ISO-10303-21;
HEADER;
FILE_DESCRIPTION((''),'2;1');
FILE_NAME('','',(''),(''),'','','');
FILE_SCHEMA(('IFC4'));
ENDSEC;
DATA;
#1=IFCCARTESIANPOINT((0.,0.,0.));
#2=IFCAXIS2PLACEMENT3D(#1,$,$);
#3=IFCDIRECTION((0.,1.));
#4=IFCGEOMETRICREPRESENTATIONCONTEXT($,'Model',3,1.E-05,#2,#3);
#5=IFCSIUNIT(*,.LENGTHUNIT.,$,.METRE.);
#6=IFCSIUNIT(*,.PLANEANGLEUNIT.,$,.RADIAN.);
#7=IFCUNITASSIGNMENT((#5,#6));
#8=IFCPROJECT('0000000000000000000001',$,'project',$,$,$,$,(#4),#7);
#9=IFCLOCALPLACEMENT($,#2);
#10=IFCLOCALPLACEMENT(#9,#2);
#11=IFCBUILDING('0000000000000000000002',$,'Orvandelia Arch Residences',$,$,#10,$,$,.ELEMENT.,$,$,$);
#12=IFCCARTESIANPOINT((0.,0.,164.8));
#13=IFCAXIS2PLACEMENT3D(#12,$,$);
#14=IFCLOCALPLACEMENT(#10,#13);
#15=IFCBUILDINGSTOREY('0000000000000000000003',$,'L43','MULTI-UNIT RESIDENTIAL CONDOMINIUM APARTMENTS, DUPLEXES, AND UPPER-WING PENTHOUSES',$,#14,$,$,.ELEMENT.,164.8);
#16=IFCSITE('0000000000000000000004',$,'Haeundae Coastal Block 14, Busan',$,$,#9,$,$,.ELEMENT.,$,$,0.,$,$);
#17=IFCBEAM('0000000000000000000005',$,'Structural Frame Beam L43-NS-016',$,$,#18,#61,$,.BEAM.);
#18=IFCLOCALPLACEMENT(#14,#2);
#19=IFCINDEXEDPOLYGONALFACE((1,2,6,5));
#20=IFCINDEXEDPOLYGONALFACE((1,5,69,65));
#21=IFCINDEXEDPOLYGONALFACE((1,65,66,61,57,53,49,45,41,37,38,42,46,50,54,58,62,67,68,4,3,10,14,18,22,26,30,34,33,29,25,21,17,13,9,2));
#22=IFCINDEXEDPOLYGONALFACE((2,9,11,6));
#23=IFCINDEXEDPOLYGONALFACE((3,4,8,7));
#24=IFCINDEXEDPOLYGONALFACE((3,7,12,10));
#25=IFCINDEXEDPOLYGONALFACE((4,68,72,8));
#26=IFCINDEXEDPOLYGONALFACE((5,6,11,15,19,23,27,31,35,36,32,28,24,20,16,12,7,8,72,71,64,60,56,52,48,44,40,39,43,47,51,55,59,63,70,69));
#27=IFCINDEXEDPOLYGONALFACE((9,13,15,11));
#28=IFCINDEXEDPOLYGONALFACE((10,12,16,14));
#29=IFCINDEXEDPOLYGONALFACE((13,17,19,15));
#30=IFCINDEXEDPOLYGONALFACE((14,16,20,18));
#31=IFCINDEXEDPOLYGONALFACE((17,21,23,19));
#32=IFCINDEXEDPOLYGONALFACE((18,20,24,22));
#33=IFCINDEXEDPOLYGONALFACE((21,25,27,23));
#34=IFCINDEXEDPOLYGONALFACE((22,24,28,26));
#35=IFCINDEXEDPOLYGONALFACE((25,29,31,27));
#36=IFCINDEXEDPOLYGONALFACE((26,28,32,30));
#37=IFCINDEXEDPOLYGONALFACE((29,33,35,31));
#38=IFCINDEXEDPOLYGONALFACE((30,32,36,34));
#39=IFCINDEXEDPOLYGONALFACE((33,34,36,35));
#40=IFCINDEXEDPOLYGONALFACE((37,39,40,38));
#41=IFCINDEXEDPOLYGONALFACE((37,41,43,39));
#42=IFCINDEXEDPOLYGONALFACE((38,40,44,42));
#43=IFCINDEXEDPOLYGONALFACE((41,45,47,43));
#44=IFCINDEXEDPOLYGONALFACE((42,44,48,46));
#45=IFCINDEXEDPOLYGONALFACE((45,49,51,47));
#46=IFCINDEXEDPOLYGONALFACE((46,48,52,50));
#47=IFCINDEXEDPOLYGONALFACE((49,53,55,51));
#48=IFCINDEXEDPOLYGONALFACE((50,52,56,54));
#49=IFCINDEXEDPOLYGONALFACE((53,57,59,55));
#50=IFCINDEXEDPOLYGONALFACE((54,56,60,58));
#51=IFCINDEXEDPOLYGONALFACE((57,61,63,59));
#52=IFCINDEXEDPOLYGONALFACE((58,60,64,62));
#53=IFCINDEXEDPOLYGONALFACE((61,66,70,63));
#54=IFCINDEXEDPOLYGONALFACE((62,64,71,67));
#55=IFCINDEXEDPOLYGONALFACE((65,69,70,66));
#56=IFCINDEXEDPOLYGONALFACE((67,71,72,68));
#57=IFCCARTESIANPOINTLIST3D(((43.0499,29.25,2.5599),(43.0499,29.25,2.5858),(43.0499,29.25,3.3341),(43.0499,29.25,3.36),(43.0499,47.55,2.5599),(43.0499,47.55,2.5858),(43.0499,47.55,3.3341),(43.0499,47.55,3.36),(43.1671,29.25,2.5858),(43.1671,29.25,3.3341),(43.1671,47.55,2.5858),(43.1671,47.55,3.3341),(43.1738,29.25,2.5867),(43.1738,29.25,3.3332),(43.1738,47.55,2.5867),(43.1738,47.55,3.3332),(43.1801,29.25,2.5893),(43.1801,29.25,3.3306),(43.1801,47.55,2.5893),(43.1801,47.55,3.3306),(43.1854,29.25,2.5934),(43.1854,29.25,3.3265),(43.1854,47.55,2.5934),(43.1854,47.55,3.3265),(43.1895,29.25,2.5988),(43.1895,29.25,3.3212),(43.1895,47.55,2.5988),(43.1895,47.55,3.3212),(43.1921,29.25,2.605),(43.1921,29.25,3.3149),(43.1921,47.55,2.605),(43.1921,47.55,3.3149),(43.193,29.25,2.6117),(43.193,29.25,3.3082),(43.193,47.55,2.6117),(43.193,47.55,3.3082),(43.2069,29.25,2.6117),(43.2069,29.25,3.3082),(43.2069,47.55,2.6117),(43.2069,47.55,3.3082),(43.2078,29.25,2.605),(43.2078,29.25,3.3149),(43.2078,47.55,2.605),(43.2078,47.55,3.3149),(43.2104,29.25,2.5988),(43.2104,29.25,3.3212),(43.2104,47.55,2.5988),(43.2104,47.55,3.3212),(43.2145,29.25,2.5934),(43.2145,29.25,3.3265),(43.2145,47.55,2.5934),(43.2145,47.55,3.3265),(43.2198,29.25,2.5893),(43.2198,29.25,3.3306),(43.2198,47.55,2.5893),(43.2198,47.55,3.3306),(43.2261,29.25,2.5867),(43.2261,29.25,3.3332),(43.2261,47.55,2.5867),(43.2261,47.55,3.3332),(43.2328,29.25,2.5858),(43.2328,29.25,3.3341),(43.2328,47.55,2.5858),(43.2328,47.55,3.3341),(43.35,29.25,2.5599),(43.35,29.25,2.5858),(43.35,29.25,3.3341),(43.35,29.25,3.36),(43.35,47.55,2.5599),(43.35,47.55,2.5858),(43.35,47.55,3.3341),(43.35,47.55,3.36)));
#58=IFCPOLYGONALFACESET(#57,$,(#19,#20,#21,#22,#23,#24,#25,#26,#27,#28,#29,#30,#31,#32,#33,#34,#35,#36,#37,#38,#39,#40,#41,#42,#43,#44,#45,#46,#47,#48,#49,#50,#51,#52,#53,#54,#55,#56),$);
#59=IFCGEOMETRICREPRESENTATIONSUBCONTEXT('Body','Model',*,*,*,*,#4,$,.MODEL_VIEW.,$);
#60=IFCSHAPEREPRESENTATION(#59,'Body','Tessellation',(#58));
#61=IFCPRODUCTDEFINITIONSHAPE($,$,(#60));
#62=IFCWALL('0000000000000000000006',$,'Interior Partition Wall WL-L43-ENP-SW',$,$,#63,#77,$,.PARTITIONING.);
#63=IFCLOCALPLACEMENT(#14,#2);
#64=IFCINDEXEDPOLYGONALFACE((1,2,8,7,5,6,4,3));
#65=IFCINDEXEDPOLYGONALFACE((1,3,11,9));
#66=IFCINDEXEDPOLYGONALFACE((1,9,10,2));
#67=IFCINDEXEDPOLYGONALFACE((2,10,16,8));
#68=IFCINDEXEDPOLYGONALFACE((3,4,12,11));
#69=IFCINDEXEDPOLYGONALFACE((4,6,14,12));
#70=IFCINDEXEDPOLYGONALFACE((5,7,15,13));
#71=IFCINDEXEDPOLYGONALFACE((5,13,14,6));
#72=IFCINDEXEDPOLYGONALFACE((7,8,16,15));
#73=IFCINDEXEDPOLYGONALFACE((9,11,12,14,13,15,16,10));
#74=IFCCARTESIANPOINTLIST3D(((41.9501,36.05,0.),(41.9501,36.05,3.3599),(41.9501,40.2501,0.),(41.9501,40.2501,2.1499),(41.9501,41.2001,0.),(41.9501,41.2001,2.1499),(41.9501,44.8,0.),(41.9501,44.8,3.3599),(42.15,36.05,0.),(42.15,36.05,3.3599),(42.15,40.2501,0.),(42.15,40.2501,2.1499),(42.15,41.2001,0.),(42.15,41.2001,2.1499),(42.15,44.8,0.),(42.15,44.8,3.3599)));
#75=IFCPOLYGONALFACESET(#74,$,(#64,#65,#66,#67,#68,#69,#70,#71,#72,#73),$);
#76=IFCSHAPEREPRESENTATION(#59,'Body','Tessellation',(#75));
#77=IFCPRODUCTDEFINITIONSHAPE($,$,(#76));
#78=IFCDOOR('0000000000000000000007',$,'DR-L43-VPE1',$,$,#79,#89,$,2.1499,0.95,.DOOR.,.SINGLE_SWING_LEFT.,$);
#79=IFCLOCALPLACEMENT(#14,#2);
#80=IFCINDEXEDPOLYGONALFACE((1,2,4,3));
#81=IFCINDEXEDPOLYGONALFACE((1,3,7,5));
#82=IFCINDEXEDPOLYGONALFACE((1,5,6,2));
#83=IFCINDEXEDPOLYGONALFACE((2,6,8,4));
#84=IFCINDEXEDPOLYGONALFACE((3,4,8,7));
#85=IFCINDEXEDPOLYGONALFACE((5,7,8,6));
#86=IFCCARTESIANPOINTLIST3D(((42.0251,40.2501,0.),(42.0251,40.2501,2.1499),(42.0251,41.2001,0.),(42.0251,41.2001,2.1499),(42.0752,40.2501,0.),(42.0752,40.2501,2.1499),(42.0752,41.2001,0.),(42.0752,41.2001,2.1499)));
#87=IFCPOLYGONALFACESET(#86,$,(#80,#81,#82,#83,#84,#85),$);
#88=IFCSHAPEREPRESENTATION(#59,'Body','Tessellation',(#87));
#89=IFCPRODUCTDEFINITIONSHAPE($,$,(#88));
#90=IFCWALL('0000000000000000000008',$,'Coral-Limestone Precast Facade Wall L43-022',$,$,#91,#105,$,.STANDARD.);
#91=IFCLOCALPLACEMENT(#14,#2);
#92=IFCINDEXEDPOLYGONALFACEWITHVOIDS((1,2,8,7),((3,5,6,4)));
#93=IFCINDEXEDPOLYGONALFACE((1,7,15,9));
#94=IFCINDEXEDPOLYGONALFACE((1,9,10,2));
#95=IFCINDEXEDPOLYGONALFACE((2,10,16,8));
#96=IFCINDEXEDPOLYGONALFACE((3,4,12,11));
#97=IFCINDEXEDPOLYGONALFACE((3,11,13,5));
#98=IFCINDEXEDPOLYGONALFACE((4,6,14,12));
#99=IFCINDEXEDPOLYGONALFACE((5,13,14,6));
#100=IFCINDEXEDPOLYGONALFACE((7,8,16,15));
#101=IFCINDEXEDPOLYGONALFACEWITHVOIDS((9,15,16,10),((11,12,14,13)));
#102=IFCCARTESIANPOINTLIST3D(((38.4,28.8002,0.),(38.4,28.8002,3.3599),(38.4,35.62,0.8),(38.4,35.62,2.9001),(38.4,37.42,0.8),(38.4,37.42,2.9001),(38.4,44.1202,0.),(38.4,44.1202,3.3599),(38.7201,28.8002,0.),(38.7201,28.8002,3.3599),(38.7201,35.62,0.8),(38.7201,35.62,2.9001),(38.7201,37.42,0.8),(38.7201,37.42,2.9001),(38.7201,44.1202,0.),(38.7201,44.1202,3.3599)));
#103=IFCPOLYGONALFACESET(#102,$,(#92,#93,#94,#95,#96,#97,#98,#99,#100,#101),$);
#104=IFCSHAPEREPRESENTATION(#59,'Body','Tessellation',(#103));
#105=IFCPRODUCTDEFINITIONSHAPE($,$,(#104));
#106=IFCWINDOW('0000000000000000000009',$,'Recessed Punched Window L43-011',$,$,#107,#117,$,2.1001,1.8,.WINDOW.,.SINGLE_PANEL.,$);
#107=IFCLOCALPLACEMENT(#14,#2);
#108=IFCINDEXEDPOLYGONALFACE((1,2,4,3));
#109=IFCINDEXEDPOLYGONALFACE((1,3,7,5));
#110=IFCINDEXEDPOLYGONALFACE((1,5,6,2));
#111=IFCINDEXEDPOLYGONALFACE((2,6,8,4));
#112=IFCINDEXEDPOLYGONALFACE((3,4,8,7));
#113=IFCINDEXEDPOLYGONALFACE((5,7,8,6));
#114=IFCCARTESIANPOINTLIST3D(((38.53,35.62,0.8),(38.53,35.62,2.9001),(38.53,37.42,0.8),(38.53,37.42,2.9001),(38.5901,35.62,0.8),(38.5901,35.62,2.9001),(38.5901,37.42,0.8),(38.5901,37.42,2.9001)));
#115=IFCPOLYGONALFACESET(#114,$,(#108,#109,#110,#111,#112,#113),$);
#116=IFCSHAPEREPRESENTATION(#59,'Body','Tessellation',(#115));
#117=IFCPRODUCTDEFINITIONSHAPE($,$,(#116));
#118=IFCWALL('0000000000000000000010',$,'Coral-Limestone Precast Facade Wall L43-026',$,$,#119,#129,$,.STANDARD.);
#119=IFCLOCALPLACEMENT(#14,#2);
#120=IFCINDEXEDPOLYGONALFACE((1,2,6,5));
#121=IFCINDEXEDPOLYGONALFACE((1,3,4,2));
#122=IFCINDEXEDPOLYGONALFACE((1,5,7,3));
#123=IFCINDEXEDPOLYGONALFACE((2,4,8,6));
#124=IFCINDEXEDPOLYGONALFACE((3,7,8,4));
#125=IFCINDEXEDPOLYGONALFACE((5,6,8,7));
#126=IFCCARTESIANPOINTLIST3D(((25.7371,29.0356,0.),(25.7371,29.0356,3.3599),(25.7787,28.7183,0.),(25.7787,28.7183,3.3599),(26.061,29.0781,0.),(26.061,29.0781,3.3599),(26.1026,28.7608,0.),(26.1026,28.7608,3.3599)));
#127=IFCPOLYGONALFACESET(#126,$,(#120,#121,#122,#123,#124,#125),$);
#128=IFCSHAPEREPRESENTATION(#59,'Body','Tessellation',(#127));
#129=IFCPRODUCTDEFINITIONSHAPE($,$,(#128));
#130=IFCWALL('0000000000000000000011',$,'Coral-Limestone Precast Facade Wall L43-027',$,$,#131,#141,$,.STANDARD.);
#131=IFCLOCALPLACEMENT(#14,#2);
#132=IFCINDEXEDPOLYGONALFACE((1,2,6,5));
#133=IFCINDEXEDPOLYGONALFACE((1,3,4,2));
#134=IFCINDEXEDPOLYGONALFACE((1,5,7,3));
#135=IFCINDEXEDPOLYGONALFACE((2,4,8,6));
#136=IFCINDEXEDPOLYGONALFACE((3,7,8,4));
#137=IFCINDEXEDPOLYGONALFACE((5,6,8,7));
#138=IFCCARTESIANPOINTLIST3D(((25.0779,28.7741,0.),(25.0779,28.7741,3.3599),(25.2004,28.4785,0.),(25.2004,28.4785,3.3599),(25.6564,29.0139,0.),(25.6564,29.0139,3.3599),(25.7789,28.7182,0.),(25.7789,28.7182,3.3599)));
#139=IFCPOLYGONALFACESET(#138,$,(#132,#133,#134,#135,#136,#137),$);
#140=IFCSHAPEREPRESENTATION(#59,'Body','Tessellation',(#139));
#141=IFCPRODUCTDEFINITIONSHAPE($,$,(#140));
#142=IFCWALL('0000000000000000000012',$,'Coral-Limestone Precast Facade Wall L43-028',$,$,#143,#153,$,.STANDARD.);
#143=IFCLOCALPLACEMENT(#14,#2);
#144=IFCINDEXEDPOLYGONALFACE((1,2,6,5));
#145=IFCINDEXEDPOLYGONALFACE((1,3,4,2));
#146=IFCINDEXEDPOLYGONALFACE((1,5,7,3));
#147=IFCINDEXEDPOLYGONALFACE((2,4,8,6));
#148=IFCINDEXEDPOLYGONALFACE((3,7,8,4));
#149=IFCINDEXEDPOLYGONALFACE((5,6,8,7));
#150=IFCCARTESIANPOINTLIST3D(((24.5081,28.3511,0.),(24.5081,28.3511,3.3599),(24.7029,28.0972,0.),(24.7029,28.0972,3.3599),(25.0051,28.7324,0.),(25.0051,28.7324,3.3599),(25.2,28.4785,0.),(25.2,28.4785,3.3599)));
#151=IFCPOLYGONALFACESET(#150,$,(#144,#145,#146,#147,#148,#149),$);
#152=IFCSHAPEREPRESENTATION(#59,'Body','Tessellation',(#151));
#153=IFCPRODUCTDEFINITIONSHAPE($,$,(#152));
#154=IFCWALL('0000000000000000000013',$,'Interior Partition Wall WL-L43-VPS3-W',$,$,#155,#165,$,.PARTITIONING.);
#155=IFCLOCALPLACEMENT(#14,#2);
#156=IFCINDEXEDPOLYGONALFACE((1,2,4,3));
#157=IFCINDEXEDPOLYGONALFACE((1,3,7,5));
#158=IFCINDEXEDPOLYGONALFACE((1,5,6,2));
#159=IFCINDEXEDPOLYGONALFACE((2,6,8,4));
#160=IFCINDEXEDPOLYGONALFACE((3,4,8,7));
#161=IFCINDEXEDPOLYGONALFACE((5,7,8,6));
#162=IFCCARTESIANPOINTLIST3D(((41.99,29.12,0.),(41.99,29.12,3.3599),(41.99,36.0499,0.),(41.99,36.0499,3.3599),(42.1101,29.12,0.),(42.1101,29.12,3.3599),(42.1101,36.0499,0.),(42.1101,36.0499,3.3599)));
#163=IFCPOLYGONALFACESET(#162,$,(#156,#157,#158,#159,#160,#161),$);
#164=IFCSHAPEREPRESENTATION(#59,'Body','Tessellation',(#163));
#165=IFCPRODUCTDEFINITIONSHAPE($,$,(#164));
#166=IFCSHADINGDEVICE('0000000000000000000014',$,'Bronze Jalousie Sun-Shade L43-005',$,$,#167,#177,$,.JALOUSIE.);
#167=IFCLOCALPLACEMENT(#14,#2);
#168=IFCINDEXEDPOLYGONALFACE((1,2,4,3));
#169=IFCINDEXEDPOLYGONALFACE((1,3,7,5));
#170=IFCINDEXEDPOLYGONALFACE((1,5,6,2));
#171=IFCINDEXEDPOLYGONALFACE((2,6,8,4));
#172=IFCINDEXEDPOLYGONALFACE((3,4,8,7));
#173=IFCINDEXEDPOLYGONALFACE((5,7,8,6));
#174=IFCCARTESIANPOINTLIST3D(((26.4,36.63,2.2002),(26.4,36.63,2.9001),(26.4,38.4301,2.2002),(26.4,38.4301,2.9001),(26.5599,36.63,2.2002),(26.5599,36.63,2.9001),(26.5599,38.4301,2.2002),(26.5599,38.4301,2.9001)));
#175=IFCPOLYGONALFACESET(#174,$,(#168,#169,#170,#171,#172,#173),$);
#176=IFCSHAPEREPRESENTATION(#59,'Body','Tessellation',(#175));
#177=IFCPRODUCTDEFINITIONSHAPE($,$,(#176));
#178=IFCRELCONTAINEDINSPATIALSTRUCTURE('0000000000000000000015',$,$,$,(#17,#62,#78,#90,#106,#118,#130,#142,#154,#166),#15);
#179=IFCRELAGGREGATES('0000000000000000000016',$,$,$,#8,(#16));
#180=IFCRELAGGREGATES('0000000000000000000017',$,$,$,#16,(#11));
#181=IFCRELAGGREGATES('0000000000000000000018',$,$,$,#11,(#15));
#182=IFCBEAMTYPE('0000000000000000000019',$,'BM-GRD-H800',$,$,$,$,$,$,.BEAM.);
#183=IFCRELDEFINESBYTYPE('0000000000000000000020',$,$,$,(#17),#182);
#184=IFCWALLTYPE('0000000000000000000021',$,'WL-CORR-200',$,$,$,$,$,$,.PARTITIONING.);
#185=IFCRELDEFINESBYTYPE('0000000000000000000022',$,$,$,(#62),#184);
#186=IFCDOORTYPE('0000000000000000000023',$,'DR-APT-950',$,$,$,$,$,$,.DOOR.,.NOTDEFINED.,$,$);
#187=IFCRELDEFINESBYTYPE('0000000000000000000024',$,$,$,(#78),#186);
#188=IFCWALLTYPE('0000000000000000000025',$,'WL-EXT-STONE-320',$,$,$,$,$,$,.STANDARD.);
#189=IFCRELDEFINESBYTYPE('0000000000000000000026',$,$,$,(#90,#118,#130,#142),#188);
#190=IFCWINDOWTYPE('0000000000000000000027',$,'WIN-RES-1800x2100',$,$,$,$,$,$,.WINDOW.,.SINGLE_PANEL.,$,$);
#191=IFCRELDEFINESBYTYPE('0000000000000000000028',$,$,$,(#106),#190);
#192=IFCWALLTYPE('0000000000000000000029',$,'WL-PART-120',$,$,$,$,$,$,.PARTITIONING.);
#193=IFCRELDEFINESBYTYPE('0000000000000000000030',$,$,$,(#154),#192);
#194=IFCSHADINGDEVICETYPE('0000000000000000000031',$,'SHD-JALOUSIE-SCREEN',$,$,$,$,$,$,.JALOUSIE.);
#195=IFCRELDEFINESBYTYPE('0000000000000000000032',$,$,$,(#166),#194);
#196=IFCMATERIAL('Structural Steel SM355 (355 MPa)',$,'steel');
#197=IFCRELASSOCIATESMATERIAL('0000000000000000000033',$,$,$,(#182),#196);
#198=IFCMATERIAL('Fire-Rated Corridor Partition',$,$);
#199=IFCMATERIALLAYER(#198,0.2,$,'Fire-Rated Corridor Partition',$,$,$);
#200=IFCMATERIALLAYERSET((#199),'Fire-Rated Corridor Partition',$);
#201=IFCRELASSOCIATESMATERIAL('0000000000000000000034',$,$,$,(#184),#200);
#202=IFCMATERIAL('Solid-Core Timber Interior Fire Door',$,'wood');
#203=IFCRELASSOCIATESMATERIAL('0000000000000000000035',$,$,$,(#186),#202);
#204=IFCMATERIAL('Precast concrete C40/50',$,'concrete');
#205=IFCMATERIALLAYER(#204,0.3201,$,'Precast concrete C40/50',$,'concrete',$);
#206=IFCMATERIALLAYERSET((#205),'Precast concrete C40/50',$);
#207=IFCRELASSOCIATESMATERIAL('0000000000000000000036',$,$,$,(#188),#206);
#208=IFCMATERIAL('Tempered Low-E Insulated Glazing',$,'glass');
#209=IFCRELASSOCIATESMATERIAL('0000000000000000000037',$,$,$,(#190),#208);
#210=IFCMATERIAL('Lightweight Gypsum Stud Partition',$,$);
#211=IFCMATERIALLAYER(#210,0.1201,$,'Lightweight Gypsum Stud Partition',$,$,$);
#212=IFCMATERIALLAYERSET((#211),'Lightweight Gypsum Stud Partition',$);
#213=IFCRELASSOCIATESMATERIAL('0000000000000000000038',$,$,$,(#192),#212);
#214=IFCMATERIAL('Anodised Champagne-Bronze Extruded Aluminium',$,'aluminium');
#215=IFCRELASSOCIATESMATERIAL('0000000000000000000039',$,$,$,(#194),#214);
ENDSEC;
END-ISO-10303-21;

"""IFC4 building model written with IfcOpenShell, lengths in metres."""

from ifc_helpers import new_model, si_unit, direction, frame, frame_2d, origin, origin_2d, place, context, subcontext, project, spatial, rectangle, i_section, extrude, material, layer, layer_set, material_profile, profile_set, type_object, element, fill, save


model = new_model("IFC4")

# Units and contexts
model_context = context("Model", 3, precision=1e-05, world=origin(), true_north=direction((0.0, 1.0)))
body_context = subcontext(model_context, "Body", "Model", "MODEL_VIEW")
ifc_project = project(units=[si_unit("LENGTHUNIT", "METRE"), si_unit("PLANEANGLEUNIT", "RADIAN")], contexts=[model_context])

# Site, building, storey
site_placement = place(None, origin())
site = spatial("IfcSite", under=ifc_project, at=site_placement, Name="Haeundae Coastal Block 14, Busan", CompositionType="ELEMENT", RefElevation=0.0)
building_placement = place(site_placement, origin())
building = spatial("IfcBuilding", under=site, at=building_placement, Name="Orvandelia Arch Residences", CompositionType="ELEMENT")
storey_placement = place(building_placement, frame((0.0, 0.0, 164.8)))
storey = spatial("IfcBuildingStorey", under=building, at=storey_placement, Name="L43", Description="MULTI-UNIT RESIDENTIAL CONDOMINIUM APARTMENTS, DUPLEXES, AND UPPER-WING PENTHOUSES", CompositionType="ELEMENT", Elevation=164.8)

# Beam
ifc_material_1 = material(Name="Structural Steel SM355 (355 MPa)", Category="steel")
ifc_material_profile_1 = material_profile(ifc_material_1, i_section(OverallWidth=0.3, OverallDepth=0.8, WebThickness=0.0139, FlangeThickness=0.0259, FilletRadius=0.0259, at=origin_2d()), Name="Structural Steel SM355 (355 MPa)", Category="steel")
ifc_profile_set_1 = profile_set([ifc_material_profile_1], Name="Structural Steel SM355 (355 MPa)")
beam_type = type_object("IfcBeamType", Name="BM-GRD-H800", PredefinedType="BEAM", material=ifc_profile_set_1)
beam_1_placement = place(storey_placement, frame((43.2, 29.25, 2.96), z_axis=(0.0, 1.0, 0.0), x_axis=(-1.0, 0.0, 0.0)))
element("IfcBeam", 1, at=beam_1_placement, inside=storey, type_object=beam_type, Name="Structural Frame Beam L43-NS-016", PredefinedType="BEAM", context=body_context, shape_type="SweptSolid", body=[
    extrude(i_section(OverallWidth=0.3, OverallDepth=0.8, WebThickness=0.0139, FlangeThickness=0.0259, FilletRadius=0.0259, at=origin_2d()), origin(), (0.0, 0.0, 1.0), 18.3),
])

# Wall, opening, door
ifc_material_2 = material(Name="Fire-Rated Corridor Partition")
ifc_layer_1 = layer(ifc_material_2, 0.2, Name="Fire-Rated Corridor Partition")
ifc_layer_set_1 = layer_set([ifc_layer_1], Name="Fire-Rated Corridor Partition")
wall_type_1 = type_object("IfcWallType", Name="WL-CORR-200", PredefinedType="PARTITIONING", material=ifc_layer_set_1)
wall_1_placement = place(storey_placement, frame((42.05, 36.05, 0.0), z_axis=(0.0, 0.0, 1.0), x_axis=(0.0, 1.0, 0.0)))
wall_1 = element("IfcWall", 2, at=wall_1_placement, inside=storey, type_object=wall_type_1, Name="Interior Partition Wall WL-L43-ENP-SW", PredefinedType="PARTITIONING", context=body_context, shape_type="SweptSolid", body=[
    extrude(rectangle(XDim=8.75, YDim=0.2, at=frame_2d((4.375, 0.0))), origin(), (0.0, 0.0, 1.0), 3.3599),
])
opening_1_placement = place(wall_1_placement, frame((4.2, 0.0, 0.0)))
opening_1 = element("IfcOpeningElement", 3, at=opening_1_placement, cuts=wall_1, PredefinedType="OPENING", context=body_context, shape_type="SweptSolid", body=[
    extrude(rectangle(XDim=0.95, YDim=2.1499, at=frame_2d((0.4751, 1.075))), frame((0.0, 0.1099, 0.0), z_axis=(0.0, -1.0, 0.0), x_axis=(1.0, 0.0, 0.0)), (0.0, 0.0, 1.0), 0.22),
])
ifc_material_3 = material(Name="Solid-Core Timber Interior Fire Door", Category="wood")
door_type_1 = type_object("IfcDoorType", Name="DR-APT-950", OperationType="NOTDEFINED", PredefinedType="DOOR", material=ifc_material_3)
door_1_placement = place(opening_1_placement, origin())
door_1 = element("IfcDoor", 4, at=door_1_placement, inside=storey, type_object=door_type_1, Name="DR-L43-VPE1", OperationType="SINGLE_SWING_LEFT", OverallHeight=2.1499, OverallWidth=0.95, PredefinedType="DOOR", context=body_context, shape_type="SweptSolid", body=[
    extrude(rectangle(XDim=0.95, YDim=2.1499, at=frame_2d((0.4751, 1.075))), frame((0.0, 0.0249, 0.0), z_axis=(0.0, -1.0, 0.0), x_axis=(1.0, 0.0, 0.0)), (0.0, 0.0, 1.0), 0.05),
])
fill(opening_1, door_1)

# Wall, opening, window
ifc_material_4 = material(Name="Precast concrete C40/50", Category="concrete")
ifc_layer_2 = layer(ifc_material_4, 0.3201, Name="Precast concrete C40/50", Category="concrete")
ifc_layer_set_2 = layer_set([ifc_layer_2], Name="Precast concrete C40/50")
wall_type_2 = type_object("IfcWallType", Name="WL-EXT-STONE-320", PredefinedType="STANDARD", material=ifc_layer_set_2)
wall_2_placement = place(storey_placement, frame((38.5601, 28.8, 0.0), z_axis=(0.0, 0.0, 1.0), x_axis=(0.0, 1.0, 0.0)))
wall_2 = element("IfcWall", 5, at=wall_2_placement, inside=storey, type_object=wall_type_2, Name="Coral-Limestone Precast Facade Wall L43-022", PredefinedType="STANDARD", context=body_context, shape_type="SweptSolid", body=[
    extrude(rectangle(XDim=15.3201, YDim=0.3201, at=frame_2d((7.6602, 0.0))), origin(), (0.0, 0.0, 1.0), 3.3599),
])
opening_2_placement = place(wall_2_placement, frame((6.8201, 0.0, 0.8)))
opening_2 = element("IfcOpeningElement", 6, at=opening_2_placement, cuts=wall_2, PredefinedType="OPENING", context=body_context, shape_type="SweptSolid", body=[
    extrude(rectangle(XDim=1.8, YDim=2.1001, at=frame_2d((0.8999, 1.05))), frame((0.0, 0.1699, 0.0), z_axis=(0.0, -1.0, 0.0), x_axis=(1.0, 0.0, 0.0)), (0.0, 0.0, 1.0), 0.3401),
])
ifc_material_5 = material(Name="Tempered Low-E Insulated Glazing", Category="glass")
window_type = type_object("IfcWindowType", Name="WIN-RES-1800x2100", PartitioningType="SINGLE_PANEL", PredefinedType="WINDOW", material=ifc_material_5)
window_placement = place(opening_2_placement, origin())
window = element("IfcWindow", 7, at=window_placement, inside=storey, type_object=window_type, Name="Recessed Punched Window L43-011", OverallHeight=2.1001, OverallWidth=1.8, PartitioningType="SINGLE_PANEL", PredefinedType="WINDOW", context=body_context, shape_type="SweptSolid", body=[
    extrude(rectangle(XDim=1.8, YDim=2.1001, at=frame_2d((0.8999, 1.05))), frame((0.0, 0.03, 0.0), z_axis=(0.0, -1.0, 0.0), x_axis=(1.0, 0.0, 0.0)), (0.0, 0.0, 1.0), 0.0601),
])
fill(opening_2, window)

# Walls
wall_3_placement = place(storey_placement, frame((26.0818, 28.9194, 0.0), z_axis=(0.0, 0.0, 1.0), x_axis=(-0.991513, -0.13001, 0.0)))
element("IfcWall", 8, at=wall_3_placement, inside=storey, type_object=wall_type_2, Name="Coral-Limestone Precast Facade Wall L43-026", PredefinedType="STANDARD", context=body_context, shape_type="SweptSolid", body=[
    extrude(rectangle(XDim=0.3267, YDim=0.3201, at=frame_2d((0.1633, 0.0))), origin(), (0.0, 0.0, 1.0), 3.3599),
])
wall_4_placement = place(storey_placement, frame((25.7175, 28.866, 0.0), z_axis=(0.0, 0.0, 1.0), x_axis=(-0.923836, -0.382788, 0.0)))
element("IfcWall", 9, at=wall_4_placement, inside=storey, type_object=wall_type_2, Name="Coral-Limestone Precast Facade Wall L43-027", PredefinedType="STANDARD", context=body_context, shape_type="SweptSolid", body=[
    extrude(rectangle(XDim=0.6262, YDim=0.3201, at=frame_2d((0.313, 0.0))), origin(), (0.0, 0.0, 1.0), 3.3599),
])
wall_5_placement = place(storey_placement, frame((25.1025, 28.6055, 0.0), z_axis=(0.0, 0.0, 1.0), x_axis=(-0.793406, -0.608693, 0.0)))
element("IfcWall", 10, at=wall_5_placement, inside=storey, type_object=wall_type_2, Name="Coral-Limestone Precast Facade Wall L43-028", PredefinedType="STANDARD", context=body_context, shape_type="SweptSolid", body=[
    extrude(rectangle(XDim=0.6265, YDim=0.3201, at=frame_2d((0.3132, 0.0))), origin(), (0.0, 0.0, 1.0), 3.3599),
])

# Shared definitions
ifc_material_6 = material(Name="Lightweight Gypsum Stud Partition")
ifc_layer_3 = layer(ifc_material_6, 0.1201, Name="Lightweight Gypsum Stud Partition")
ifc_layer_set_3 = layer_set([ifc_layer_3], Name="Lightweight Gypsum Stud Partition")
wall_type_3 = type_object("IfcWallType", Name="WL-PART-120", PredefinedType="PARTITIONING", material=ifc_layer_set_3)

# Wall
wall_6_placement = place(storey_placement, frame((42.05, 29.1201, 0.0), z_axis=(0.0, 0.0, 1.0), x_axis=(0.0, 1.0, 0.0)))
element("IfcWall", 11, at=wall_6_placement, inside=storey, type_object=wall_type_3, Name="Interior Partition Wall WL-L43-VPS3-W", PredefinedType="PARTITIONING", context=body_context, shape_type="SweptSolid", body=[
    extrude(rectangle(XDim=6.9299, YDim=0.1201, at=frame_2d((3.4648, 0.0))), origin(), (0.0, 0.0, 1.0), 3.3599),
])

# Shading device
ifc_material_7 = material(Name="Anodised Champagne-Bronze Extruded Aluminium", Category="aluminium")
shading_device_type = type_object("IfcShadingDeviceType", Name="SHD-JALOUSIE-SCREEN", PredefinedType="JALOUSIE", material=ifc_material_7)
shading_device_placement = place(storey_placement, frame((26.48, 37.53, 2.2002), z_axis=(0.0, 0.0, 1.0), x_axis=(0.0, -1.0, 0.0)))
element("IfcShadingDevice", 12, at=shading_device_placement, inside=storey, type_object=shading_device_type, Name="Bronze Jalousie Sun-Shade L43-005", PredefinedType="JALOUSIE", context=body_context, shape_type="SweptSolid", body=[
    extrude(rectangle(XDim=1.8, YDim=0.1599, at=origin_2d()), origin(), (0.0, 0.0, 1.0), 0.7),
])

save(model, "model.ifc")
